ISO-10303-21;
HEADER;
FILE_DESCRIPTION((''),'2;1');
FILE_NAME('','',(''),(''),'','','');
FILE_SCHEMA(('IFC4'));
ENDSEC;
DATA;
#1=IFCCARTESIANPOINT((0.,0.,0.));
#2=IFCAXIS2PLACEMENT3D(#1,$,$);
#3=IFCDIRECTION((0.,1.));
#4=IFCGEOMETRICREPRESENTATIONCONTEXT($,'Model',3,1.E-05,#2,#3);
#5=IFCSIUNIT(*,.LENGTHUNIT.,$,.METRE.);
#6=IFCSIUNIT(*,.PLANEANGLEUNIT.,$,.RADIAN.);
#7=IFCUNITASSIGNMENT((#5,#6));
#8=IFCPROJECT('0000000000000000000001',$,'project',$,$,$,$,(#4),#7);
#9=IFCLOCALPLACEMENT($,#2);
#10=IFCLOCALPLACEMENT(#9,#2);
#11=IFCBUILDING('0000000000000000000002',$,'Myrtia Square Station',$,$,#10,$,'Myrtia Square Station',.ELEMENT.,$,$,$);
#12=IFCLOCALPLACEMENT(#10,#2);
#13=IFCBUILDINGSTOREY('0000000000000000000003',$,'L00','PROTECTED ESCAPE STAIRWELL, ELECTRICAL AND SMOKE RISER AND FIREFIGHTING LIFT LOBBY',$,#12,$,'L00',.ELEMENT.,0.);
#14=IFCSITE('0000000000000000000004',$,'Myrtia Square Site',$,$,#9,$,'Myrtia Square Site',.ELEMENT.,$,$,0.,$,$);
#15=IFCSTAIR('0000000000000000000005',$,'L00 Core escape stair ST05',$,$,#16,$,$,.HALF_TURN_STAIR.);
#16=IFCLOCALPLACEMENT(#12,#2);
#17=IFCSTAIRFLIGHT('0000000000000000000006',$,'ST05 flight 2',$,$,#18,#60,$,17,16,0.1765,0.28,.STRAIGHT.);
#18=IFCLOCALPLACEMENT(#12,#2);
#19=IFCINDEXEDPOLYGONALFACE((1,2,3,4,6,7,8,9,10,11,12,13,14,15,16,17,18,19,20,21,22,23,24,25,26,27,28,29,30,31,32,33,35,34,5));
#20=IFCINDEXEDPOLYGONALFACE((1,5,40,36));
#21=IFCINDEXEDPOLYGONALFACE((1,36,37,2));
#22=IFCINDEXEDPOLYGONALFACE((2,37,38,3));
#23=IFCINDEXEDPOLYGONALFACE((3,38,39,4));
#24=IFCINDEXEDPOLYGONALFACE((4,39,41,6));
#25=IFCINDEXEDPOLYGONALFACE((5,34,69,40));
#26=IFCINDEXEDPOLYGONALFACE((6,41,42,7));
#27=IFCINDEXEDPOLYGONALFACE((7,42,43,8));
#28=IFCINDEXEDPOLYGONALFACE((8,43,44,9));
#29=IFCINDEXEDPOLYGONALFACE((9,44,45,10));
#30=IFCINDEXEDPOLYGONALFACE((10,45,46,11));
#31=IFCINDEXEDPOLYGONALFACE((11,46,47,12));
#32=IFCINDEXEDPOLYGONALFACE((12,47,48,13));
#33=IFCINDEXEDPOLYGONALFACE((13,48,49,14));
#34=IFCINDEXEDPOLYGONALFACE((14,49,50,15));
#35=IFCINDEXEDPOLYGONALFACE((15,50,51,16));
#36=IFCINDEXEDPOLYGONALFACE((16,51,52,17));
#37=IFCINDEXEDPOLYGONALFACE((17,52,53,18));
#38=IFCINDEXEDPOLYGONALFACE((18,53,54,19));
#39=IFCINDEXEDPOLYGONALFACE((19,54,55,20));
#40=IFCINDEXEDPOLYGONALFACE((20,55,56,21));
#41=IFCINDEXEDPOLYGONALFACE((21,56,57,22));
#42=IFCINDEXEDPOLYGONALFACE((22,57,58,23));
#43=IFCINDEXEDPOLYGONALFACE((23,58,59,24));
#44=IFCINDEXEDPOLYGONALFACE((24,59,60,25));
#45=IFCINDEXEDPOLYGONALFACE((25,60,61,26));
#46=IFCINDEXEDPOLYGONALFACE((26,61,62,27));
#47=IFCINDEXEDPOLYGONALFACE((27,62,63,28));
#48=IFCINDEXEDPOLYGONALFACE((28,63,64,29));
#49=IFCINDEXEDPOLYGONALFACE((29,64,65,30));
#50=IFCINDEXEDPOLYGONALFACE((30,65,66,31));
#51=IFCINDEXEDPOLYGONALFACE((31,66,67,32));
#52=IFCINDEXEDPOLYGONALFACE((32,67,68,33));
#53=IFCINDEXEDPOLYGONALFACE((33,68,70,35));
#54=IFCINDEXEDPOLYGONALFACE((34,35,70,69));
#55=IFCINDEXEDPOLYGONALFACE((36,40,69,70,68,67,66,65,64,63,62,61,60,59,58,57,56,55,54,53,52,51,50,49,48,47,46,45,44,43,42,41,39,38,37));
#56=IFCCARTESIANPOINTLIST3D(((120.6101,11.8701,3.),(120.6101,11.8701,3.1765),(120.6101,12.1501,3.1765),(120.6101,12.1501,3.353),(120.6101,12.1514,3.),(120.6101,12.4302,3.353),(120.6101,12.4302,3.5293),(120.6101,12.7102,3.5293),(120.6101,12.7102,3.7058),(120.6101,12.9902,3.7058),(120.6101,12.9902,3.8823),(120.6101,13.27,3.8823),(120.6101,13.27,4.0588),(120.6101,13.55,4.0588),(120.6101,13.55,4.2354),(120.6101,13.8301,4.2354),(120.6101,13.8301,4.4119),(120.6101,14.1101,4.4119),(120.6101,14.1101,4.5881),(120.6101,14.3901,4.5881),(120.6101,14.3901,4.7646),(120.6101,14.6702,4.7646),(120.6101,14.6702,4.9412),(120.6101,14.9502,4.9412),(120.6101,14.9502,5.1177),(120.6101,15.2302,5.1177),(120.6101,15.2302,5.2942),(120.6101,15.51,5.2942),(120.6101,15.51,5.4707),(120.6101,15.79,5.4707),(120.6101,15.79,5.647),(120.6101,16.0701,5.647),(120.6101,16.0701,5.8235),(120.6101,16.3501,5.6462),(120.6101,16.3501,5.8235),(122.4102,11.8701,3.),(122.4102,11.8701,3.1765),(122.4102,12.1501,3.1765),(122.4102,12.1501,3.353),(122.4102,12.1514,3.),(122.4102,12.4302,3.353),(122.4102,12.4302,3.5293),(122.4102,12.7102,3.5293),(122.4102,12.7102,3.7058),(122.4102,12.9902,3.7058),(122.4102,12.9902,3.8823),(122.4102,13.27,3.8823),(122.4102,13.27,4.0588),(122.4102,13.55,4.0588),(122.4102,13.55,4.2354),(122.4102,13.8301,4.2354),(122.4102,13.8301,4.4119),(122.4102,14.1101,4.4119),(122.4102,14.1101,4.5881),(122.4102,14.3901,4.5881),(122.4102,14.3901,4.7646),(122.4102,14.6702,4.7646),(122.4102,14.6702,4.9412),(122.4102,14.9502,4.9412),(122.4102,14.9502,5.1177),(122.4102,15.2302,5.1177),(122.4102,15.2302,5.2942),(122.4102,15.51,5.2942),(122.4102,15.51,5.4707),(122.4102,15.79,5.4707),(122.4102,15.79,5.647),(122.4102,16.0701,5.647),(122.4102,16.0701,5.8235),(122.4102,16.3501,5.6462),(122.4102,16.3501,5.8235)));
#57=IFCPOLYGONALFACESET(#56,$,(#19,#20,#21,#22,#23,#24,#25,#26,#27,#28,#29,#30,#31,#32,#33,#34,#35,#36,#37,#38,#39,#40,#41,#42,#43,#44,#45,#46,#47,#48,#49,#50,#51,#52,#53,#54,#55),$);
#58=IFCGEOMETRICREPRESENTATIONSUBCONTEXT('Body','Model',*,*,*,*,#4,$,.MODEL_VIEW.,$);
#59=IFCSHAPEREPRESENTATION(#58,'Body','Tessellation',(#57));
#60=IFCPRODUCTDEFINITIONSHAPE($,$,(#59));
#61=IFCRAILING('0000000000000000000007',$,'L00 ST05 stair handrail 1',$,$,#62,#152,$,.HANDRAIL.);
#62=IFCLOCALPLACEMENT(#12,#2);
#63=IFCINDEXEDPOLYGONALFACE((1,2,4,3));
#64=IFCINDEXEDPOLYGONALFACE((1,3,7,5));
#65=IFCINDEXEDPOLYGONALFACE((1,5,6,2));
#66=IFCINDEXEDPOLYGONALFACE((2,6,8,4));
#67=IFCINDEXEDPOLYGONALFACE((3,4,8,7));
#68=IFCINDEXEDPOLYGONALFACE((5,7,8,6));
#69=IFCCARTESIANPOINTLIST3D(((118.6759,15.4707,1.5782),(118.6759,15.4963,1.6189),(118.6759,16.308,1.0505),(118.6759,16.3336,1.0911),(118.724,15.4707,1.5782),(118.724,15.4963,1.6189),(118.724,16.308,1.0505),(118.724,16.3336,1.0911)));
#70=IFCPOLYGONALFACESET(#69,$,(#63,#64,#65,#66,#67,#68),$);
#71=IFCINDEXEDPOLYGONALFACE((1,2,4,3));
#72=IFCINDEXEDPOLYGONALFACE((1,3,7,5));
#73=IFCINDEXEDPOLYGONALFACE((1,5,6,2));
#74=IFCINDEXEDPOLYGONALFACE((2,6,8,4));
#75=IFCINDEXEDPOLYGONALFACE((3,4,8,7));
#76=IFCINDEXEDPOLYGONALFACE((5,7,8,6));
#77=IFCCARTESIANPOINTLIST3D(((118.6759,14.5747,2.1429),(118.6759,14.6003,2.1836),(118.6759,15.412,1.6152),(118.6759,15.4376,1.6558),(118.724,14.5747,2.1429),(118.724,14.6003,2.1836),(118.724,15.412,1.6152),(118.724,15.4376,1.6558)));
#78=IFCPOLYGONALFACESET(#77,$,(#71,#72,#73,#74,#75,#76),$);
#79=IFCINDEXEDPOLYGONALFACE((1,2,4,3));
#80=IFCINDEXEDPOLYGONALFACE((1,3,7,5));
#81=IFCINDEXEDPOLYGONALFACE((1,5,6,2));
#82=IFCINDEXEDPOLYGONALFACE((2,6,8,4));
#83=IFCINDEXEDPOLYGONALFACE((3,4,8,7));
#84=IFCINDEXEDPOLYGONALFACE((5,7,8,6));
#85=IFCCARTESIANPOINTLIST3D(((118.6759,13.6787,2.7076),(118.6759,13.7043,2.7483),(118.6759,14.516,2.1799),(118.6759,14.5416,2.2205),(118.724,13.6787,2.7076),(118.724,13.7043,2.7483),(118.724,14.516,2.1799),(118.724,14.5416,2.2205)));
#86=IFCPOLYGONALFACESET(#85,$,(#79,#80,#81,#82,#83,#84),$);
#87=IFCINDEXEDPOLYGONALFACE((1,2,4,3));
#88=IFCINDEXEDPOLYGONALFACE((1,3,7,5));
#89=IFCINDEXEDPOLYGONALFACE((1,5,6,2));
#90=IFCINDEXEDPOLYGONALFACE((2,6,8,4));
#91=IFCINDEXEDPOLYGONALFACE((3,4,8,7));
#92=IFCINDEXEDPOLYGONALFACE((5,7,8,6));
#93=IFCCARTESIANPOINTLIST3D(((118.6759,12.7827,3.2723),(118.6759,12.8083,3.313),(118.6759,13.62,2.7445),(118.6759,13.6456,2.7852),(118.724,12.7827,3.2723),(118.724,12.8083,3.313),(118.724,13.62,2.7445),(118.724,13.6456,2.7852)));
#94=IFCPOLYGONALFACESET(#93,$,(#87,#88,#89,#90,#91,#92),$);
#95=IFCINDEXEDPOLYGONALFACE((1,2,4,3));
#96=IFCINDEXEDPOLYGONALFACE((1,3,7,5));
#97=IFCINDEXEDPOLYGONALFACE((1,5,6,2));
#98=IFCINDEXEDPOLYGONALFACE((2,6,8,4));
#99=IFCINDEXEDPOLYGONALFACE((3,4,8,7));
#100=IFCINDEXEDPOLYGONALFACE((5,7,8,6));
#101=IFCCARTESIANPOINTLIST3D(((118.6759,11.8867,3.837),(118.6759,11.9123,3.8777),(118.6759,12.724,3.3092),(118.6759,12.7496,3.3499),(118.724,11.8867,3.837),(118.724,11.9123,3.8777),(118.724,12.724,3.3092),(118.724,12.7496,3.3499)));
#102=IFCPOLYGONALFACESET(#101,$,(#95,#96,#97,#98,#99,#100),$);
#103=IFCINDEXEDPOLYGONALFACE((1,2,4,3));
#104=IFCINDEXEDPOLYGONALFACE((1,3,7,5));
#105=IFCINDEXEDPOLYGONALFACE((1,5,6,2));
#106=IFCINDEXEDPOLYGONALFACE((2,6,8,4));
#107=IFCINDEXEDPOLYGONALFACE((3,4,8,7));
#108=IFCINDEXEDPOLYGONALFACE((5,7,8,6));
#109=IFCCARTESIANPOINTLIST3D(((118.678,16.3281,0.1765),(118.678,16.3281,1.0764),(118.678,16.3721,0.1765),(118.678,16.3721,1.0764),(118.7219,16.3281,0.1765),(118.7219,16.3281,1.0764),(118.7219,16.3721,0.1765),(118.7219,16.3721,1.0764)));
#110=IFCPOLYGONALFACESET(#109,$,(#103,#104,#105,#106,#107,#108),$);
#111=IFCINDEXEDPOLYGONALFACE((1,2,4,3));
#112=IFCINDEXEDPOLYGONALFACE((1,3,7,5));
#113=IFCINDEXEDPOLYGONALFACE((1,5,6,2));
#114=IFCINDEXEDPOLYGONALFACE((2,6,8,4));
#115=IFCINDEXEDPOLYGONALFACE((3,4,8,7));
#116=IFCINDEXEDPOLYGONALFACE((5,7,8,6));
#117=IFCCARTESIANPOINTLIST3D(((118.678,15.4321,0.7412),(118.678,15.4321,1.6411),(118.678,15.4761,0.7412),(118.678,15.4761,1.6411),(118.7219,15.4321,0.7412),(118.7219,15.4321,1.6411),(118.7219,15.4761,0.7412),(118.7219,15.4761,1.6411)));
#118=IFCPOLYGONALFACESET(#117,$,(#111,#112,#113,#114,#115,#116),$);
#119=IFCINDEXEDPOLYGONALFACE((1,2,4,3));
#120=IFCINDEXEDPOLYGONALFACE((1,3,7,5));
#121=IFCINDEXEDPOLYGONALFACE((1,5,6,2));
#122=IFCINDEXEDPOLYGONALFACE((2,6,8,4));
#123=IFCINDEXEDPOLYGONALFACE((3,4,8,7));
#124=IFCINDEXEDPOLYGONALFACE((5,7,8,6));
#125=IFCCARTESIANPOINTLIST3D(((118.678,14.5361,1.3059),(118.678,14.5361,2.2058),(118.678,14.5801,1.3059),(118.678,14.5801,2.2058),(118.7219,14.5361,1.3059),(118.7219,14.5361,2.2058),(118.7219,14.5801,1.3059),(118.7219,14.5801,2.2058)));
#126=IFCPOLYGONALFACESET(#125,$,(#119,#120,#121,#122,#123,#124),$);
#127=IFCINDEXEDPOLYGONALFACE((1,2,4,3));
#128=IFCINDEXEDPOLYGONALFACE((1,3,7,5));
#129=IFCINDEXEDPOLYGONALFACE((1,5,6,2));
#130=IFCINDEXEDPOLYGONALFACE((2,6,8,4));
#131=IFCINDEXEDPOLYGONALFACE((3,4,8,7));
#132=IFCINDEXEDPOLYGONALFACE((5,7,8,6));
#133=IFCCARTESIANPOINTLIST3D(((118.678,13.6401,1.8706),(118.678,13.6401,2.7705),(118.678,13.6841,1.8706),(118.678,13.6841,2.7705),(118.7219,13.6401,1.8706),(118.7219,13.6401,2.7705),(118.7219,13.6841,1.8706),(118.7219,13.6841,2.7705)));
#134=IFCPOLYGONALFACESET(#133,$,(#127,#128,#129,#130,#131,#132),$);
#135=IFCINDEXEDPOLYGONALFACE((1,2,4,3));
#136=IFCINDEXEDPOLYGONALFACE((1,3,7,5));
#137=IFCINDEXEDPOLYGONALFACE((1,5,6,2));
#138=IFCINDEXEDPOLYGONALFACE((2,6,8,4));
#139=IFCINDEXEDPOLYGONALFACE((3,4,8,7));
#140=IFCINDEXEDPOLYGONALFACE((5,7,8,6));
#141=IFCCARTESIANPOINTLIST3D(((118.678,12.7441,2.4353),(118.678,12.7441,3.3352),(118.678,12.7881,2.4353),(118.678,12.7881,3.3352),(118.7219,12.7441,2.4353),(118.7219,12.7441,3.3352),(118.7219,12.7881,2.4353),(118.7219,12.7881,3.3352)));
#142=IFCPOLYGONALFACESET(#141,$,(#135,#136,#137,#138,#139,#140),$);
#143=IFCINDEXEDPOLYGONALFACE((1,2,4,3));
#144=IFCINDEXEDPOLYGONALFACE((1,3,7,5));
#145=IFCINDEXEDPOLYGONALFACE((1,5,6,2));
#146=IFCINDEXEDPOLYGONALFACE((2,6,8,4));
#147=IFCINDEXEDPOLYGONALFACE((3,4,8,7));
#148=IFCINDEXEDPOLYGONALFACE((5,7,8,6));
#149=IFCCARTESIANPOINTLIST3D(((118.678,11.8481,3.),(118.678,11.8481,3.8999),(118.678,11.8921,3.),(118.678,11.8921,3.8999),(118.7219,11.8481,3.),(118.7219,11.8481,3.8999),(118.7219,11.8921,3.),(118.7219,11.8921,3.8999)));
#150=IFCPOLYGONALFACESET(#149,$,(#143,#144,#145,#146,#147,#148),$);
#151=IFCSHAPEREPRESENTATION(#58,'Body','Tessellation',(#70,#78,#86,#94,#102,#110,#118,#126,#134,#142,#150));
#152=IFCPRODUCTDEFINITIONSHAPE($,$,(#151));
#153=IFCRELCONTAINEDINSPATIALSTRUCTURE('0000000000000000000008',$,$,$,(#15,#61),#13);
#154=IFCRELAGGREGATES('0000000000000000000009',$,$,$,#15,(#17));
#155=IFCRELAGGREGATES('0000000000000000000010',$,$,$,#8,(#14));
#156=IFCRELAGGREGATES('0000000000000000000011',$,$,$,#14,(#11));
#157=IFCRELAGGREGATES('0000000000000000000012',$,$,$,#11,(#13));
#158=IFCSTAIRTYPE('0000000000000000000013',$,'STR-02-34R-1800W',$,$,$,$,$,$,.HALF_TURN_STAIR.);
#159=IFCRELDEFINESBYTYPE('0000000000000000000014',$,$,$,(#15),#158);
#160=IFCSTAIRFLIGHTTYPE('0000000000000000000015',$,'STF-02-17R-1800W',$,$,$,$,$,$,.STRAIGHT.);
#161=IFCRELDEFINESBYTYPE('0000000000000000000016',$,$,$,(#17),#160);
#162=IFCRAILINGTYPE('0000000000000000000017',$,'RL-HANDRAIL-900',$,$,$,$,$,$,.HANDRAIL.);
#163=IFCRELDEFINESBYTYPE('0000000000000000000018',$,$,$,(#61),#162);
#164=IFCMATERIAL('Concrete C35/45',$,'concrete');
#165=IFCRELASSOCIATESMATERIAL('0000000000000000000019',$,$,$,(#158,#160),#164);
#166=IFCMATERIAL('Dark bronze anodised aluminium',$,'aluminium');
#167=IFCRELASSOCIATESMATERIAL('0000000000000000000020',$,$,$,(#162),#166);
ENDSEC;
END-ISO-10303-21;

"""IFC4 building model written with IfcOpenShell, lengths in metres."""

from ifc_helpers import new_model, si_unit, direction, frame, origin, origin_2d, place, context, subcontext, project, spatial, polyline, rectangle, outline, extrude, material, type_object, element, aggregate, save


model = new_model("IFC4")

# Units and contexts
model_context = context("Model", 3, precision=1e-05, world=origin(), true_north=direction((0.0, 1.0)))
body_context = subcontext(model_context, "Body", "Model", "MODEL_VIEW")
ifc_project = project(units=[si_unit("LENGTHUNIT", "METRE"), si_unit("PLANEANGLEUNIT", "RADIAN")], contexts=[model_context])

# Site, building, storey
site_placement = place(None, origin())
site = spatial("IfcSite", under=ifc_project, at=site_placement, Name="Myrtia Square Site", LongName="Myrtia Square Site", CompositionType="ELEMENT", RefElevation=0.0)
building_placement = place(site_placement, origin())
building = spatial("IfcBuilding", under=site, at=building_placement, Name="Myrtia Square Station", LongName="Myrtia Square Station", CompositionType="ELEMENT")
storey_placement = place(building_placement, origin())
storey = spatial("IfcBuildingStorey", under=building, at=storey_placement, Name="L00", Description="PROTECTED ESCAPE STAIRWELL, ELECTRICAL AND SMOKE RISER AND FIREFIGHTING LIFT LOBBY", LongName="L00", CompositionType="ELEMENT", Elevation=0.0)

# Shared definitions
ifc_material_1 = material(Name="Concrete C35/45", Category="concrete")
ifc_material_2 = material(Name="Dark bronze anodised aluminium", Category="aluminium")

# Stair, stair flight
stair_type = type_object("IfcStairType", Name="STR-02-34R-1800W", PredefinedType="HALF_TURN_STAIR", material=ifc_material_1)
stair_placement = place(storey_placement, origin())
stair = element("IfcStair", 1, at=stair_placement, inside=storey, type_object=stair_type, Name="L00 Core escape stair ST05", PredefinedType="HALF_TURN_STAIR")
stair_flight_type = type_object("IfcStairFlightType", Name="STF-02-17R-1800W", PredefinedType="STRAIGHT", material=ifc_material_1)
stair_flight_1_placement = place(storey_placement, frame((121.51, 11.8701, 3.0), z_axis=(0.0, 0.0, 1.0), x_axis=(0.0, 1.0, 0.0)))
stair_flight_1 = element("IfcStairFlight", 2, at=stair_flight_1_placement, type_object=stair_flight_type, Name="ST05 flight 2", NumberOfRisers=17, NumberOfTreads=16, PredefinedType="STRAIGHT", RiserHeight=0.1765, TreadLength=0.28, context=body_context, shape_type="SweptSolid", body=[
    extrude(outline(polyline([(0.0, 0.0), (0.0, 0.1765), (0.28, 0.1765), (0.28, 0.353), (0.5601, 0.353), (0.5601, 0.5293), (0.8401, 0.5293), (0.8401, 0.7058), (1.1201, 0.7058), (1.1201, 0.8823), (1.3999, 0.8823), (1.3999, 1.0588), (1.6799, 1.0588), (1.6799, 1.2354), (1.96, 1.2354), (1.96, 1.4119), (2.24, 1.4119), (2.24, 1.5881), (2.52, 1.5881), (2.52, 1.7646), (2.8, 1.7646), (2.8, 1.9412), (3.0801, 1.9412), (3.0801, 2.1177), (3.3601, 2.1177), (3.3601, 2.2942), (3.6399, 2.2942), (3.6399, 2.4707), (3.9199, 2.4707), (3.9199, 2.647), (4.2, 2.647), (4.2, 2.8235), (4.48, 2.8235), (4.48, 3.0), (4.48, 2.6462), (0.2812, 0.0), (0.0, 0.0)])), frame((0.0, 0.8999, 0.0), z_axis=(0.0, -1.0, 0.0), x_axis=(1.0, 0.0, 0.0)), (0.0, 0.0, 1.0), 1.8),
])
aggregate(stair, [stair_flight_1])

# Railing
railing_type_1 = type_object("IfcRailingType", Name="RL-HANDRAIL-900", PredefinedType="HANDRAIL", material=ifc_material_2)
railing_1_placement = place(storey_placement, frame((118.7, 16.3501, 0.1765)))
element("IfcRailing", 3, at=railing_1_placement, inside=storey, type_object=railing_type_1, Name="L00 ST05 stair handrail 1", PredefinedType="HANDRAIL", context=body_context, shape_type="SweptSolid", body=[
    extrude(rectangle(XDim=0.0481, YDim=0.0481, at=origin_2d()), frame((0.0, -0.0293, 0.8943), z_axis=(0.0, -0.845998, 0.533186), x_axis=(1.0, 0.0, 0.0)), (0.0, 0.0, 1.0), 0.9897),
    extrude(rectangle(XDim=0.0481, YDim=0.0481, at=origin_2d()), frame((0.0, -0.9253, 1.459), z_axis=(0.0, -0.845998, 0.533186), x_axis=(1.0, 0.0, 0.0)), (0.0, 0.0, 1.0), 0.9897),
    extrude(rectangle(XDim=0.0481, YDim=0.0481, at=origin_2d()), frame((0.0, -1.8213, 2.0237), z_axis=(0.0, -0.845998, 0.533186), x_axis=(1.0, 0.0, 0.0)), (0.0, 0.0, 1.0), 0.9897),
    extrude(rectangle(XDim=0.0481, YDim=0.0481, at=origin_2d()), frame((0.0, -2.7173, 2.5884), z_axis=(0.0, -0.845998, 0.533186), x_axis=(1.0, 0.0, 0.0)), (0.0, 0.0, 1.0), 0.9897),
    extrude(rectangle(XDim=0.0481, YDim=0.0481, at=origin_2d()), frame((0.0, -3.6133, 3.1531), z_axis=(0.0, -0.845998, 0.533186), x_axis=(1.0, 0.0, 0.0)), (0.0, 0.0, 1.0), 0.9897),
    extrude(rectangle(XDim=0.0439, YDim=0.0439, at=origin_2d()), origin(), (0.0, 0.0, 1.0), 0.8999),
    extrude(rectangle(XDim=0.0439, YDim=0.0439, at=origin_2d()), frame((0.0, -0.896, 0.5647)), (0.0, 0.0, 1.0), 0.8999),
    extrude(rectangle(XDim=0.0439, YDim=0.0439, at=origin_2d()), frame((0.0, -1.792, 1.1294)), (0.0, 0.0, 1.0), 0.8999),
    extrude(rectangle(XDim=0.0439, YDim=0.0439, at=origin_2d()), frame((0.0, -2.688, 1.6941)), (0.0, 0.0, 1.0), 0.8999),
    extrude(rectangle(XDim=0.0439, YDim=0.0439, at=origin_2d()), frame((0.0, -3.584, 2.2588)), (0.0, 0.0, 1.0), 0.8999),
    extrude(rectangle(XDim=0.0439, YDim=0.0439, at=origin_2d()), frame((0.0, -4.48, 2.8235)), (0.0, 0.0, 1.0), 0.8999),
])

save(model, "model.ifc")
